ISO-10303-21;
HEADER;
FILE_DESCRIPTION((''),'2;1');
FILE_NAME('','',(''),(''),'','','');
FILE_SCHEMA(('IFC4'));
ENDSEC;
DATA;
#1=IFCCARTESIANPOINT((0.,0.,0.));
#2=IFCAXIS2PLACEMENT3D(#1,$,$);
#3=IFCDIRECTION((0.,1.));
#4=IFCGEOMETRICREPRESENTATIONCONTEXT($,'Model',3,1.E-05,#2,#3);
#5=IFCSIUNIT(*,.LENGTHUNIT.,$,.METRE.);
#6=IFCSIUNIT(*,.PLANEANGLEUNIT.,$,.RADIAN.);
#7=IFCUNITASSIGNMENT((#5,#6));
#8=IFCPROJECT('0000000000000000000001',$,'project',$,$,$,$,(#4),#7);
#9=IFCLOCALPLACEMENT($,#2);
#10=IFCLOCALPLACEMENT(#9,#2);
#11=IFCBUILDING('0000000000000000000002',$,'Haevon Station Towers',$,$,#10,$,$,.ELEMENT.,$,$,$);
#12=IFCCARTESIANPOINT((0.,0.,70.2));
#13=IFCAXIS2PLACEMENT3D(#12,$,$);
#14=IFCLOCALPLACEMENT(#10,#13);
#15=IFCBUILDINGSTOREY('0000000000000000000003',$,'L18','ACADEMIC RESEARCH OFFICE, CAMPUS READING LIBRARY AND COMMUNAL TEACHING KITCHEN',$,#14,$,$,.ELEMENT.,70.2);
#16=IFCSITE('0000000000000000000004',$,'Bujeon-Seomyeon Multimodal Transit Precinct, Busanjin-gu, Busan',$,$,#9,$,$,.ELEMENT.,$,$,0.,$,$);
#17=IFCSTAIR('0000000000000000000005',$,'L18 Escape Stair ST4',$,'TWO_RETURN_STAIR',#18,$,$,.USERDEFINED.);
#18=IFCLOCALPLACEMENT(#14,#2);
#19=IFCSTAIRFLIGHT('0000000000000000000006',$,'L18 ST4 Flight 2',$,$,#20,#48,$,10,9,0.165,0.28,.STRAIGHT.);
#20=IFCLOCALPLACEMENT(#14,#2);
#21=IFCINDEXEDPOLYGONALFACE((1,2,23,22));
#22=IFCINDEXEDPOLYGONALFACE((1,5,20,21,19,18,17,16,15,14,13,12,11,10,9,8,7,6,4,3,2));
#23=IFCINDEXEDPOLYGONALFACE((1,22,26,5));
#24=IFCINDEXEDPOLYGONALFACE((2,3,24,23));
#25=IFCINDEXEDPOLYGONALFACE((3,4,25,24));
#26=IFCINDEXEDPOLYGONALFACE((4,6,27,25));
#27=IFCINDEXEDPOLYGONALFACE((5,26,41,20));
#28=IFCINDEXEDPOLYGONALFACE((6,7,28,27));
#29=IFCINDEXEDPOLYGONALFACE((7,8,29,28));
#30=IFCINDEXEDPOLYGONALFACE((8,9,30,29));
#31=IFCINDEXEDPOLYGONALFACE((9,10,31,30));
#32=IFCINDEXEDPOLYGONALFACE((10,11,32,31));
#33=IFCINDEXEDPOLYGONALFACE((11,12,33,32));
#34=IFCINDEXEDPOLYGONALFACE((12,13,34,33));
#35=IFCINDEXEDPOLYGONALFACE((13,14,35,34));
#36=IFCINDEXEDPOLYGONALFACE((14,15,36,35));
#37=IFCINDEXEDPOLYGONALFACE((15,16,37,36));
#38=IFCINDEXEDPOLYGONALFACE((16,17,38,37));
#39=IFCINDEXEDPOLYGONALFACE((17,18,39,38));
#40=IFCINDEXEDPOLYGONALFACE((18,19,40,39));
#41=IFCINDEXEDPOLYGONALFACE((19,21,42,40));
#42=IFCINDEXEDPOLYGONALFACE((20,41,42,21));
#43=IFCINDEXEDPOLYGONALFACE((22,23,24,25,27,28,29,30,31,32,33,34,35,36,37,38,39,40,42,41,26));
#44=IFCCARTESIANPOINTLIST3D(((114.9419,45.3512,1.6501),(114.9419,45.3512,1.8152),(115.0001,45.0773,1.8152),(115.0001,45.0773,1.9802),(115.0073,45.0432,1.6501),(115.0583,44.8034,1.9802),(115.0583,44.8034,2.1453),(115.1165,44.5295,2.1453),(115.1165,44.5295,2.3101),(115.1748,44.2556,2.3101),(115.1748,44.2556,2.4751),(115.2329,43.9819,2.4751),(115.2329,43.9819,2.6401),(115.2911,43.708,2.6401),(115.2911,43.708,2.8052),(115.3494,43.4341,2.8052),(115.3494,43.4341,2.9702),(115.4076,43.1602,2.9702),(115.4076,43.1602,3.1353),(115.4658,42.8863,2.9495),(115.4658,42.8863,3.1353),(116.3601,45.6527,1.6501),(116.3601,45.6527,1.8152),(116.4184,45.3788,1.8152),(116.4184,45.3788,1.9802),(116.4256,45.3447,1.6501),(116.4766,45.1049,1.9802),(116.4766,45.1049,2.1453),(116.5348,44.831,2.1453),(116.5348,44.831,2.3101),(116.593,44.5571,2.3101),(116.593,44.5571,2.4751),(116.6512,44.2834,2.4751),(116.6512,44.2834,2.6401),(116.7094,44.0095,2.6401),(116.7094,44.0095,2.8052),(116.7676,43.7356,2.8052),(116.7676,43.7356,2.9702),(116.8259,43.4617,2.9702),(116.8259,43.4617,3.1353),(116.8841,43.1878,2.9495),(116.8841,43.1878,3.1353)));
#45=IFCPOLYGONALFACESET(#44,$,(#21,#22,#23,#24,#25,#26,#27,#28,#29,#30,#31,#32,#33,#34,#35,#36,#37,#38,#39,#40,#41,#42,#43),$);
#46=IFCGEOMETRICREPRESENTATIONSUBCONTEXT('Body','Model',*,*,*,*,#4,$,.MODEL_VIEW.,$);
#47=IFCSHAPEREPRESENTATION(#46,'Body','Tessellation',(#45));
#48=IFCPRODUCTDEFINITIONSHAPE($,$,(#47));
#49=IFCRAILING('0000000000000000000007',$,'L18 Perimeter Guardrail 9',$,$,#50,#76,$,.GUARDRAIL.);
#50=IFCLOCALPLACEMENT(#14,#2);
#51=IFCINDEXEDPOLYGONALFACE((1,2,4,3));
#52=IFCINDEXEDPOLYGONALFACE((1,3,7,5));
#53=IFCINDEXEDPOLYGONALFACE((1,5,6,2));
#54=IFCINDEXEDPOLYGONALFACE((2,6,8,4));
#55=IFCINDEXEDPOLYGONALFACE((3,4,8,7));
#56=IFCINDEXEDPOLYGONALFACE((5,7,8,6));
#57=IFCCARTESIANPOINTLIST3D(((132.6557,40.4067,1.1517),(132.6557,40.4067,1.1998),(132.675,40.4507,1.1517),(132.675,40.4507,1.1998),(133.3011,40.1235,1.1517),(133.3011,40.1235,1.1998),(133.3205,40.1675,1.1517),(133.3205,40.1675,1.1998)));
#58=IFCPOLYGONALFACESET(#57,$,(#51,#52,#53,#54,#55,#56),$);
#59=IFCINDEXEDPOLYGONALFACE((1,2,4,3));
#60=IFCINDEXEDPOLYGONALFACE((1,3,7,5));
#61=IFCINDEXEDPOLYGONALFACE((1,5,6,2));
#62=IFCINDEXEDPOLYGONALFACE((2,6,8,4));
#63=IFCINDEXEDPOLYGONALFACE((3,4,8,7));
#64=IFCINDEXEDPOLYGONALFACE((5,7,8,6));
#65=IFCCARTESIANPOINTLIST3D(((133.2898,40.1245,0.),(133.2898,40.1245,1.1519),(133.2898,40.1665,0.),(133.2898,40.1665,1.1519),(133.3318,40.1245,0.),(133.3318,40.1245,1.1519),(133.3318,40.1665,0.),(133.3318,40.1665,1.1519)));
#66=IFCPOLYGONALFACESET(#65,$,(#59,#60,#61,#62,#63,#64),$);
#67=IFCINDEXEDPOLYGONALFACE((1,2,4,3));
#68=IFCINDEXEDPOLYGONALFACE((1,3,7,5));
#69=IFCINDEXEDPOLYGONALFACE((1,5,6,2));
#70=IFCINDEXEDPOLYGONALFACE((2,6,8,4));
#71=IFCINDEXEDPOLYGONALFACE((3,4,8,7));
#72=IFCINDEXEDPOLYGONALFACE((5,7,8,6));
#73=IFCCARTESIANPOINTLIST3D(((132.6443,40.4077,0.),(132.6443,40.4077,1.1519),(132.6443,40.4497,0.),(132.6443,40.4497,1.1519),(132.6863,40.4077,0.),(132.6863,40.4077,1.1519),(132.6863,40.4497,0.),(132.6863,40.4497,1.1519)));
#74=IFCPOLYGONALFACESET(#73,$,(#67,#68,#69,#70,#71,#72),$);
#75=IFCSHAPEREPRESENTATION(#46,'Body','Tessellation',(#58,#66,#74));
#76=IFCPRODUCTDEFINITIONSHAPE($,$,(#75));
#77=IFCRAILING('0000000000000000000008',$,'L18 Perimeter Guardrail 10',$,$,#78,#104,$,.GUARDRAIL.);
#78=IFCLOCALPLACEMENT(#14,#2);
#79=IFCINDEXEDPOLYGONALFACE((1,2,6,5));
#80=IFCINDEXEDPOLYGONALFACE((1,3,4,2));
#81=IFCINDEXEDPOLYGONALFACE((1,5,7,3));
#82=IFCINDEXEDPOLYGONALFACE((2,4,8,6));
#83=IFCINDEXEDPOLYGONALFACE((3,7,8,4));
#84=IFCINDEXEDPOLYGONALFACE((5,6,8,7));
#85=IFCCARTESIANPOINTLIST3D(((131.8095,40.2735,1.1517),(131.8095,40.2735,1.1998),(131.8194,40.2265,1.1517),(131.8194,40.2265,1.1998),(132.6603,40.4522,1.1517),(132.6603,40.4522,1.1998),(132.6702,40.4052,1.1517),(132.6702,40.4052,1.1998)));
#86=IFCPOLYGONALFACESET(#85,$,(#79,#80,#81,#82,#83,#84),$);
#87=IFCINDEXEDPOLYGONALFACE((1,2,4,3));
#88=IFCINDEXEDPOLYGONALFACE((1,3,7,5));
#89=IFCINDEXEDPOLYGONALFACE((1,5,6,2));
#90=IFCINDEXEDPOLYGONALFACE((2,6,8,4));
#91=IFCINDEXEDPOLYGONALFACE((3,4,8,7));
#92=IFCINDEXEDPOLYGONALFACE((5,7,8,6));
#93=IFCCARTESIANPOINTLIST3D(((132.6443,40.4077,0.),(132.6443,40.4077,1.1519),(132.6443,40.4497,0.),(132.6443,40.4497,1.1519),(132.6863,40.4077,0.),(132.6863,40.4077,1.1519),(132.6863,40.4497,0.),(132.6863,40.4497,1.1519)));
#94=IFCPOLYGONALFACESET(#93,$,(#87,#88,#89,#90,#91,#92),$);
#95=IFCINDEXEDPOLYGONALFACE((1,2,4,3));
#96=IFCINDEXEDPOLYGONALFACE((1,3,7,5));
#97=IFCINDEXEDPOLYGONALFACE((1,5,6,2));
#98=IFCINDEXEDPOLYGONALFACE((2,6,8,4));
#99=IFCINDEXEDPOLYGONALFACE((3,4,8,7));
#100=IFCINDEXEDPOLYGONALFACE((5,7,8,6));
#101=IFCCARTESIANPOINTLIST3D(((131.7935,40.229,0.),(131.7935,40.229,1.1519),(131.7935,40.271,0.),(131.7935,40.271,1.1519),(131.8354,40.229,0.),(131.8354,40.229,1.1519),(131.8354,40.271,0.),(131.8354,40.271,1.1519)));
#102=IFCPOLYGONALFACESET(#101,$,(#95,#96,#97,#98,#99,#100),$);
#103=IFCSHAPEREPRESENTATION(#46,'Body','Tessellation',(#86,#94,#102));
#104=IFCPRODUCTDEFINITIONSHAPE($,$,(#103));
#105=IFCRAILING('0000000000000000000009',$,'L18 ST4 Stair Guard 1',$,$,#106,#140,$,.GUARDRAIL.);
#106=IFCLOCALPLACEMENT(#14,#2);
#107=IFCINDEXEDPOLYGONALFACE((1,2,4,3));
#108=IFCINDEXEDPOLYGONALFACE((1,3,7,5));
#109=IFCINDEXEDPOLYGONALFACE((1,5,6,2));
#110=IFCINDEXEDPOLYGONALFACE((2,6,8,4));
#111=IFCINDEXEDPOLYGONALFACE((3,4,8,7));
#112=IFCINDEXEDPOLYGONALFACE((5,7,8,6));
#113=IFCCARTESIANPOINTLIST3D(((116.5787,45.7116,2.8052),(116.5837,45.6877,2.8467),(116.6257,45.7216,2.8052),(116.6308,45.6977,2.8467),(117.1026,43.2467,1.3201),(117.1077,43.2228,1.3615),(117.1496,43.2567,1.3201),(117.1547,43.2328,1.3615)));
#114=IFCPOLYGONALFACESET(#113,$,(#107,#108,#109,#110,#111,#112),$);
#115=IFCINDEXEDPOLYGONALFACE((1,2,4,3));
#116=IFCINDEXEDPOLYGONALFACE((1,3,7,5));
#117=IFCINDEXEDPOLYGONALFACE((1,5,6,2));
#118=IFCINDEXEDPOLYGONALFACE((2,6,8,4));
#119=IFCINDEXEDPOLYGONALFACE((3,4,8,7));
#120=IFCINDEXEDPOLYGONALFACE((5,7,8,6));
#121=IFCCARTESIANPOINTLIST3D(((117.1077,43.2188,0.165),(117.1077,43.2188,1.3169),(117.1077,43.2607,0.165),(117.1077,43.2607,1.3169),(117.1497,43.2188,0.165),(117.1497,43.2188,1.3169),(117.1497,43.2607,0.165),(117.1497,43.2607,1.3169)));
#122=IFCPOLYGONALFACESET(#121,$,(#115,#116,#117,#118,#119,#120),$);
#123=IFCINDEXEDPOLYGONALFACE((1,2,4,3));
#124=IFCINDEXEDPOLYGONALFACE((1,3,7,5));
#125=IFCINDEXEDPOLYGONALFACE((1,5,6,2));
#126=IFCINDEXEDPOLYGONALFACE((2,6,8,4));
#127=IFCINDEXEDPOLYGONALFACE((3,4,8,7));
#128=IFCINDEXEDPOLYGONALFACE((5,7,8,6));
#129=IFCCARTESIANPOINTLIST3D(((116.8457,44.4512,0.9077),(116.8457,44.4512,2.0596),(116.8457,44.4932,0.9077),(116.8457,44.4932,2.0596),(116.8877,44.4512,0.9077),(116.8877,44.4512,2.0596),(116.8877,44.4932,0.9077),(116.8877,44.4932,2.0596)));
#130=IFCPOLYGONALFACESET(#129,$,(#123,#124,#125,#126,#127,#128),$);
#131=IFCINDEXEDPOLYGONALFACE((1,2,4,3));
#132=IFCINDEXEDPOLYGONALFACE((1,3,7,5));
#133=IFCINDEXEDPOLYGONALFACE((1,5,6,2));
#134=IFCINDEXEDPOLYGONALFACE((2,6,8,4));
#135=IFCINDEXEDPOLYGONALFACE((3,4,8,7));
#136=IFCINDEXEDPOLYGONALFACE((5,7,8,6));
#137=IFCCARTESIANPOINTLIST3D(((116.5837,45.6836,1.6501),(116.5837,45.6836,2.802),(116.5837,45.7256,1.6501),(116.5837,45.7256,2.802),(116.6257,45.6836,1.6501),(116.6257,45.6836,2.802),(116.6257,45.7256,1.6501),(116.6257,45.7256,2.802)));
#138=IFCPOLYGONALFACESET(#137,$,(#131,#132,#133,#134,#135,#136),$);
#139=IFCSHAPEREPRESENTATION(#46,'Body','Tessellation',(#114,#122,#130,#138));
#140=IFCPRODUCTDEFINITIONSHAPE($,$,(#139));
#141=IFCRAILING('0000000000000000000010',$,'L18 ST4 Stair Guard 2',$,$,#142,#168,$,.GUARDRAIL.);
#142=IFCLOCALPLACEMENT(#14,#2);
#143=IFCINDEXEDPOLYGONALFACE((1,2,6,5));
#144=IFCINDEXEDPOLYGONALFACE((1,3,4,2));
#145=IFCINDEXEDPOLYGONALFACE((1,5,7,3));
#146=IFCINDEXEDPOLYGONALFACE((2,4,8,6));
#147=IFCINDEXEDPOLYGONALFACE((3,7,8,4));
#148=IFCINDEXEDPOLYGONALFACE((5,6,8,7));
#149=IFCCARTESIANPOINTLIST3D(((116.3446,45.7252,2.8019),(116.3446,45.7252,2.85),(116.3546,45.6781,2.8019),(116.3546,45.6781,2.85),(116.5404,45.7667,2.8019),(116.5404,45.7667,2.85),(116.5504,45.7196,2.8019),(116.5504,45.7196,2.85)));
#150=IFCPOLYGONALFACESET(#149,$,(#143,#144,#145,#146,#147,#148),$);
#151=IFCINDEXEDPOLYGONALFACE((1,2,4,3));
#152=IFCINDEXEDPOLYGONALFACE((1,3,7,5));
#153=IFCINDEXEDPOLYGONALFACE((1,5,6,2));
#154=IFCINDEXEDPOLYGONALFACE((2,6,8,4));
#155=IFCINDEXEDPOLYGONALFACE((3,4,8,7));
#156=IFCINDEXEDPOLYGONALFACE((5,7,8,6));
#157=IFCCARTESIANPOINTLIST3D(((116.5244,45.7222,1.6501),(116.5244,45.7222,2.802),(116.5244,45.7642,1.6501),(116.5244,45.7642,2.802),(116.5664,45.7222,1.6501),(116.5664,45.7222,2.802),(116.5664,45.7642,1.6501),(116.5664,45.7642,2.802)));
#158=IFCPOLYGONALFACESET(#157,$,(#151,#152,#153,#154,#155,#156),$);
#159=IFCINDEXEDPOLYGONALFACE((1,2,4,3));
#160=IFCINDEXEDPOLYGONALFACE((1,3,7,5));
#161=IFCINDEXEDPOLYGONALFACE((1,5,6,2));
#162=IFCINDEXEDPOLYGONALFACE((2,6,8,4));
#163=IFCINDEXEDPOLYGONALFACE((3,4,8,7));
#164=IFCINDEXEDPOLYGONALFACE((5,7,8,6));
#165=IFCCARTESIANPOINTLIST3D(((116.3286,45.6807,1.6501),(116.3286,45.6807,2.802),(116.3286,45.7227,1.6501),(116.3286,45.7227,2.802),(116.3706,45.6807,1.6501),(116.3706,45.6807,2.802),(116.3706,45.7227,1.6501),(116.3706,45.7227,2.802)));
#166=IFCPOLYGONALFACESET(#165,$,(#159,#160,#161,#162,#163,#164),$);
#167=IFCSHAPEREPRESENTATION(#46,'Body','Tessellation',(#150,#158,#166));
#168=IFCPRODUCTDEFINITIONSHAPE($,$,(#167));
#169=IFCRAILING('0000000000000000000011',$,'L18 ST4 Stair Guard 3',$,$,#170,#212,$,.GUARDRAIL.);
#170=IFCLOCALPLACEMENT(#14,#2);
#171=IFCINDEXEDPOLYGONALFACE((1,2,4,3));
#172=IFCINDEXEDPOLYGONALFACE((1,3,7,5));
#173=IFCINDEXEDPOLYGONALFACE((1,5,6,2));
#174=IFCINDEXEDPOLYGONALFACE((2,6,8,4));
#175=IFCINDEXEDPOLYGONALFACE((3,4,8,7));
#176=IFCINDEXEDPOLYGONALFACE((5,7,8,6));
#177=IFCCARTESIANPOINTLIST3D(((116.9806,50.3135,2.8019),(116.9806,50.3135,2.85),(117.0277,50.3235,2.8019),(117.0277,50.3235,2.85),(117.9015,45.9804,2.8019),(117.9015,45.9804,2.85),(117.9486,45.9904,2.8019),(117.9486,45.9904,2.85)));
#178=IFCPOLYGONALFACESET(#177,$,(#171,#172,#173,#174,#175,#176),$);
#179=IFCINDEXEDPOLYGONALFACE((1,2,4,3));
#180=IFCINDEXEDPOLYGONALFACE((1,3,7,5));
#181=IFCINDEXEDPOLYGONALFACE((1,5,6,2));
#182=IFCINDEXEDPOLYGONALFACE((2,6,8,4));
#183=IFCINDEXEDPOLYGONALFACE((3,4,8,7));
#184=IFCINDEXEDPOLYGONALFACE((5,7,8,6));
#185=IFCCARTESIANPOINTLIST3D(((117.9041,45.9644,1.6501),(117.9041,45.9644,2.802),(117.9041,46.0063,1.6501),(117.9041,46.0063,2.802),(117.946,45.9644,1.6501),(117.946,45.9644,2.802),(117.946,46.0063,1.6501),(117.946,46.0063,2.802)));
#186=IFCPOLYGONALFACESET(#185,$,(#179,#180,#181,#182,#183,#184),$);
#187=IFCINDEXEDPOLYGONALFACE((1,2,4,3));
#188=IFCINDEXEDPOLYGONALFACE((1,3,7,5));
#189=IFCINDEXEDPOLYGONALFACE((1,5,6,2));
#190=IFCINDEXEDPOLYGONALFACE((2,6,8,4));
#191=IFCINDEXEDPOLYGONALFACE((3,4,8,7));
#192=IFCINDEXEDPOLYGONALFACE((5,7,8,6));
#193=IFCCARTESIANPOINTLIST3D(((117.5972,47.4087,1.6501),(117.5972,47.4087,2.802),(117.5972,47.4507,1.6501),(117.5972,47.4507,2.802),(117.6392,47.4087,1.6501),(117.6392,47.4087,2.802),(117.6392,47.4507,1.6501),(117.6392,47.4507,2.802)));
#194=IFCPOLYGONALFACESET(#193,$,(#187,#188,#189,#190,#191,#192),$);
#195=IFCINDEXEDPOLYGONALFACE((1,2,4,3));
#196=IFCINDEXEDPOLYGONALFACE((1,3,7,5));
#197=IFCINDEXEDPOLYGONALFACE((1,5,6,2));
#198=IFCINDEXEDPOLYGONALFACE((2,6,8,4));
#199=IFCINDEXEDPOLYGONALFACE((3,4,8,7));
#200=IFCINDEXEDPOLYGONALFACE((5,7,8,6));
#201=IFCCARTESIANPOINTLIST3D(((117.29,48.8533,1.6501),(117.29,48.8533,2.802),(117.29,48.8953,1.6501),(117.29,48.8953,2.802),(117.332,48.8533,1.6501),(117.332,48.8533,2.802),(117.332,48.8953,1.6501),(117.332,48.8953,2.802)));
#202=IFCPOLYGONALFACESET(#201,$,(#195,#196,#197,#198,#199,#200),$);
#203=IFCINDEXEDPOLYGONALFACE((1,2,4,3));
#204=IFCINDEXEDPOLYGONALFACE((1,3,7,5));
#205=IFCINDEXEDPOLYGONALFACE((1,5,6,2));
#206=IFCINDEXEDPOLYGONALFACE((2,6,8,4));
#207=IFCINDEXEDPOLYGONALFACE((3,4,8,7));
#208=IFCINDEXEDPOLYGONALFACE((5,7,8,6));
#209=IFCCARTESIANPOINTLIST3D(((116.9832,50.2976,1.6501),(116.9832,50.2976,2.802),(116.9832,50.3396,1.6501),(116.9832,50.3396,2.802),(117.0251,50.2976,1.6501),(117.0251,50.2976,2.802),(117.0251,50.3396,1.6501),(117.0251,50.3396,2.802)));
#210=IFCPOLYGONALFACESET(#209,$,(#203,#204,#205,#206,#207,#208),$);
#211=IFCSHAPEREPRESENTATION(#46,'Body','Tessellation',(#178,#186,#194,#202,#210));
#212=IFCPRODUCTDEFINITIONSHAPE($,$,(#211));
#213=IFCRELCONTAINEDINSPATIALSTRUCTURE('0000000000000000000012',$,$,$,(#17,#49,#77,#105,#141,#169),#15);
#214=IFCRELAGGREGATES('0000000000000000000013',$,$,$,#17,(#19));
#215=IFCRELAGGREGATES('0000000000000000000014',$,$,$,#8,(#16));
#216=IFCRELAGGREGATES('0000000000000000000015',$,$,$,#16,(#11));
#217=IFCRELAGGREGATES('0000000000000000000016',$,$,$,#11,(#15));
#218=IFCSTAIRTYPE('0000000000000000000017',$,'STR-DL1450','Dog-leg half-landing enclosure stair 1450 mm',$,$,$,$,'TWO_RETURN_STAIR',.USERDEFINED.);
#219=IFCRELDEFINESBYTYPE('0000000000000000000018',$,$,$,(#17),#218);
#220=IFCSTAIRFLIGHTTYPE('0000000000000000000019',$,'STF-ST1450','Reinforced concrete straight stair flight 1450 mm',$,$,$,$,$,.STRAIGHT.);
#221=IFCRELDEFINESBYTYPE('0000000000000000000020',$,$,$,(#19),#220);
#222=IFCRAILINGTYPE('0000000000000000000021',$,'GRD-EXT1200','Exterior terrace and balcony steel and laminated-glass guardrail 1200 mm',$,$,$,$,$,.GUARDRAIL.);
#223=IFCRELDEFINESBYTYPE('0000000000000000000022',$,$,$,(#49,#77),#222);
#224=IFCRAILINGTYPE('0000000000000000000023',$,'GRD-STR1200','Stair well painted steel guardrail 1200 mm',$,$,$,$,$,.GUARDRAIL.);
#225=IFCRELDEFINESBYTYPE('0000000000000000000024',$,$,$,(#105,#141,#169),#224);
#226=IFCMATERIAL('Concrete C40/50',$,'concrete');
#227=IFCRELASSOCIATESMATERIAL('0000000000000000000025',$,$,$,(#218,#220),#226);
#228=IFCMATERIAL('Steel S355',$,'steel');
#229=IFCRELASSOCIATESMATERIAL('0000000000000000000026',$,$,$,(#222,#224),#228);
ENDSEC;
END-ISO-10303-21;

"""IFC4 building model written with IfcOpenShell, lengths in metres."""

from ifc_helpers import new_model, si_unit, direction, frame, origin, origin_2d, place, context, subcontext, project, spatial, polyline, rectangle, outline, extrude, material, type_object, element, aggregate, save


model = new_model("IFC4")

# Units and contexts
model_context = context("Model", 3, precision=1e-05, world=origin(), true_north=direction((0.0, 1.0)))
body_context = subcontext(model_context, "Body", "Model", "MODEL_VIEW")
ifc_project = project(units=[si_unit("LENGTHUNIT", "METRE"), si_unit("PLANEANGLEUNIT", "RADIAN")], contexts=[model_context])

# Site, building, storey
site_placement = place(None, origin())
site = spatial("IfcSite", under=ifc_project, at=site_placement, Name="Bujeon-Seomyeon Multimodal Transit Precinct, Busanjin-gu, Busan", CompositionType="ELEMENT", RefElevation=0.0)
building_placement = place(site_placement, origin())
building = spatial("IfcBuilding", under=site, at=building_placement, Name="Haevon Station Towers", CompositionType="ELEMENT")
storey_placement = place(building_placement, frame((0.0, 0.0, 70.2)))
storey = spatial("IfcBuildingStorey", under=building, at=storey_placement, Name="L18", Description="ACADEMIC RESEARCH OFFICE, CAMPUS READING LIBRARY AND COMMUNAL TEACHING KITCHEN", CompositionType="ELEMENT", Elevation=70.2)

# Shared definitions
ifc_material_1 = material(Name="Steel S355", Category="steel")

# Stair, stair flight
ifc_material_2 = material(Name="Concrete C40/50", Category="concrete")
stair_type = type_object("IfcStairType", Name="STR-DL1450", Description="Dog-leg half-landing enclosure stair 1450 mm", ElementType="TWO_RETURN_STAIR", PredefinedType="USERDEFINED", material=ifc_material_2)
stair_placement = place(storey_placement, origin())
stair = element("IfcStair", 1, at=stair_placement, inside=storey, type_object=stair_type, Name="L18 Escape Stair ST4", ObjectType="TWO_RETURN_STAIR", PredefinedType="USERDEFINED")
stair_flight_type = type_object("IfcStairFlightType", Name="STF-ST1450", Description="Reinforced concrete straight stair flight 1450 mm", PredefinedType="STRAIGHT", material=ifc_material_2)
stair_flight_1_placement = place(storey_placement, frame((115.6509, 45.502, 1.6501), z_axis=(0.0, 0.0, 1.0), x_axis=(0.207912, -0.978148, 0.0)))
stair_flight_1 = element("IfcStairFlight", 2, at=stair_flight_1_placement, type_object=stair_flight_type, Name="L18 ST4 Flight 2", NumberOfRisers=10, NumberOfTreads=9, PredefinedType="STRAIGHT", RiserHeight=0.165, TreadLength=0.28, context=body_context, shape_type="SweptSolid", body=[
    extrude(outline(polyline([(0.0, 0.0), (0.0, 0.165), (0.28, 0.165), (0.28, 0.3301), (0.5601, 0.3301), (0.5601, 0.4951), (0.8401, 0.4951), (0.8401, 0.6599), (1.1201, 0.6599), (1.1201, 0.825), (1.3999, 0.825), (1.3999, 0.99), (1.6799, 0.99), (1.6799, 1.155), (1.96, 1.155), (1.96, 1.3201), (2.24, 1.3201), (2.24, 1.4851), (2.52, 1.4851), (2.52, 1.6499), (2.52, 1.2993), (0.3149, 0.0), (0.0, 0.0)])), frame((0.0, 0.7251, 0.0), z_axis=(0.0, -1.0, 0.0), x_axis=(1.0, 0.0, 0.0)), (0.0, 0.0, 1.0), 1.45),
])
aggregate(stair, [stair_flight_1])

# Railings
railing_type_1 = type_object("IfcRailingType", Name="GRD-EXT1200", Description="Exterior terrace and balcony steel and laminated-glass guardrail 1200 mm", PredefinedType="GUARDRAIL", material=ifc_material_1)
railing_1_placement = place(storey_placement, frame((133.3108, 40.1455, 0.0)))
element("IfcRailing", 3, at=railing_1_placement, inside=storey, type_object=railing_type_1, Name="L18 Perimeter Guardrail 9", PredefinedType="GUARDRAIL", context=body_context, shape_type="SweptSolid", body=[
    extrude(rectangle(XDim=0.0481, YDim=0.0481, at=origin_2d()), frame((0.0, 0.0, 1.1758), z_axis=(-0.915744, 0.401763, 0.0), x_axis=(-0.401763, -0.915744, 0.0)), (0.0, 0.0, 1.0), 0.7048),
    extrude(rectangle(XDim=0.042, YDim=0.042, at=origin_2d()), origin(), (0.0, 0.0, 1.0), 1.1519),
    extrude(rectangle(XDim=0.042, YDim=0.042, at=origin_2d()), frame((-0.6455, 0.2832, 0.0)), (0.0, 0.0, 1.0), 1.1519),
])
railing_2_placement = place(storey_placement, frame((132.6653, 40.4287, 0.0)))
element("IfcRailing", 4, at=railing_2_placement, inside=storey, type_object=railing_type_1, Name="L18 Perimeter Guardrail 10", PredefinedType="GUARDRAIL", context=body_context, shape_type="SweptSolid", body=[
    extrude(rectangle(XDim=0.0481, YDim=0.0481, at=origin_2d()), frame((0.0, 0.0, 1.1758), z_axis=(-0.978645, -0.205558, 0.0), x_axis=(0.205558, -0.978645, 0.0)), (0.0, 0.0, 1.0), 0.8694),
    extrude(rectangle(XDim=0.042, YDim=0.042, at=origin_2d()), origin(), (0.0, 0.0, 1.0), 1.1519),
    extrude(rectangle(XDim=0.042, YDim=0.042, at=origin_2d()), frame((-0.8508, -0.1787, 0.0)), (0.0, 0.0, 1.0), 1.1519),
])
railing_type_2 = type_object("IfcRailingType", Name="GRD-STR1200", Description="Stair well painted steel guardrail 1200 mm", PredefinedType="GUARDRAIL", material=ifc_material_1)
railing_3_placement = place(storey_placement, frame((117.1287, 43.2397, 0.165)))
element("IfcRailing", 5, at=railing_3_placement, inside=storey, type_object=railing_type_2, Name="L18 ST4 Stair Guard 1", PredefinedType="GUARDRAIL", context=body_context, shape_type="SweptSolid", body=[
    extrude(rectangle(XDim=0.0481, YDim=0.0481, at=origin_2d()), frame((0.0, 0.0, 1.1758), z_axis=(-0.179121, 0.842688, 0.507733), x_axis=(-0.978147, -0.207914, 0.0)), (0.0, 0.0, 1.0), 2.925),
    extrude(rectangle(XDim=0.042, YDim=0.042, at=origin_2d()), origin(), (0.0, 0.0, 1.0), 1.1519),
    extrude(rectangle(XDim=0.042, YDim=0.042, at=origin_2d()), frame((-0.262, 1.2324, 0.7427)), (0.0, 0.0, 1.0), 1.1519),
    extrude(rectangle(XDim=0.042, YDim=0.042, at=origin_2d()), frame((-0.5239, 2.4648, 1.4851)), (0.0, 0.0, 1.0), 1.1519),
])
railing_4_placement = place(storey_placement, frame((116.5454, 45.7432, 1.6501)))
element("IfcRailing", 6, at=railing_4_placement, inside=storey, type_object=railing_type_2, Name="L18 ST4 Stair Guard 2", PredefinedType="GUARDRAIL", context=body_context, shape_type="SweptSolid", body=[
    extrude(rectangle(XDim=0.0481, YDim=0.0481, at=origin_2d()), frame((0.0, 0.0, 1.1758), z_axis=(-0.978264, -0.207363, 0.0), x_axis=(0.207363, -0.978264, 0.0)), (0.0, 0.0, 1.0), 0.2002),
    extrude(rectangle(XDim=0.042, YDim=0.042, at=origin_2d()), origin(), (0.0, 0.0, 1.0), 1.1519),
    extrude(rectangle(XDim=0.042, YDim=0.042, at=origin_2d()), frame((-0.1958, -0.0415, 0.0)), (0.0, 0.0, 1.0), 1.1519),
])
railing_5_placement = place(storey_placement, frame((117.925, 45.9854, 1.6501)))
element("IfcRailing", 7, at=railing_5_placement, inside=storey, type_object=railing_type_2, Name="L18 ST4 Stair Guard 3", PredefinedType="GUARDRAIL", context=body_context, shape_type="SweptSolid", body=[
    extrude(rectangle(XDim=0.0481, YDim=0.0481, at=origin_2d()), frame((0.0, 0.0, 1.1758), z_axis=(-0.207877, 0.978155, 0.0), x_axis=(-0.978155, -0.207877, 0.0)), (0.0, 0.0, 1.0), 4.4299),
    extrude(rectangle(XDim=0.042, YDim=0.042, at=origin_2d()), origin(), (0.0, 0.0, 1.0), 1.1519),
    extrude(rectangle(XDim=0.042, YDim=0.042, at=origin_2d()), frame((-0.3069, 1.4443, 0.0)), (0.0, 0.0, 1.0), 1.1519),
    extrude(rectangle(XDim=0.042, YDim=0.042, at=origin_2d()), frame((-0.614, 2.8889, 0.0)), (0.0, 0.0, 1.0), 1.1519),
    extrude(rectangle(XDim=0.042, YDim=0.042, at=origin_2d()), frame((-0.9209, 4.3333, 0.0)), (0.0, 0.0, 1.0), 1.1519),
])

save(model, "model.ifc")
